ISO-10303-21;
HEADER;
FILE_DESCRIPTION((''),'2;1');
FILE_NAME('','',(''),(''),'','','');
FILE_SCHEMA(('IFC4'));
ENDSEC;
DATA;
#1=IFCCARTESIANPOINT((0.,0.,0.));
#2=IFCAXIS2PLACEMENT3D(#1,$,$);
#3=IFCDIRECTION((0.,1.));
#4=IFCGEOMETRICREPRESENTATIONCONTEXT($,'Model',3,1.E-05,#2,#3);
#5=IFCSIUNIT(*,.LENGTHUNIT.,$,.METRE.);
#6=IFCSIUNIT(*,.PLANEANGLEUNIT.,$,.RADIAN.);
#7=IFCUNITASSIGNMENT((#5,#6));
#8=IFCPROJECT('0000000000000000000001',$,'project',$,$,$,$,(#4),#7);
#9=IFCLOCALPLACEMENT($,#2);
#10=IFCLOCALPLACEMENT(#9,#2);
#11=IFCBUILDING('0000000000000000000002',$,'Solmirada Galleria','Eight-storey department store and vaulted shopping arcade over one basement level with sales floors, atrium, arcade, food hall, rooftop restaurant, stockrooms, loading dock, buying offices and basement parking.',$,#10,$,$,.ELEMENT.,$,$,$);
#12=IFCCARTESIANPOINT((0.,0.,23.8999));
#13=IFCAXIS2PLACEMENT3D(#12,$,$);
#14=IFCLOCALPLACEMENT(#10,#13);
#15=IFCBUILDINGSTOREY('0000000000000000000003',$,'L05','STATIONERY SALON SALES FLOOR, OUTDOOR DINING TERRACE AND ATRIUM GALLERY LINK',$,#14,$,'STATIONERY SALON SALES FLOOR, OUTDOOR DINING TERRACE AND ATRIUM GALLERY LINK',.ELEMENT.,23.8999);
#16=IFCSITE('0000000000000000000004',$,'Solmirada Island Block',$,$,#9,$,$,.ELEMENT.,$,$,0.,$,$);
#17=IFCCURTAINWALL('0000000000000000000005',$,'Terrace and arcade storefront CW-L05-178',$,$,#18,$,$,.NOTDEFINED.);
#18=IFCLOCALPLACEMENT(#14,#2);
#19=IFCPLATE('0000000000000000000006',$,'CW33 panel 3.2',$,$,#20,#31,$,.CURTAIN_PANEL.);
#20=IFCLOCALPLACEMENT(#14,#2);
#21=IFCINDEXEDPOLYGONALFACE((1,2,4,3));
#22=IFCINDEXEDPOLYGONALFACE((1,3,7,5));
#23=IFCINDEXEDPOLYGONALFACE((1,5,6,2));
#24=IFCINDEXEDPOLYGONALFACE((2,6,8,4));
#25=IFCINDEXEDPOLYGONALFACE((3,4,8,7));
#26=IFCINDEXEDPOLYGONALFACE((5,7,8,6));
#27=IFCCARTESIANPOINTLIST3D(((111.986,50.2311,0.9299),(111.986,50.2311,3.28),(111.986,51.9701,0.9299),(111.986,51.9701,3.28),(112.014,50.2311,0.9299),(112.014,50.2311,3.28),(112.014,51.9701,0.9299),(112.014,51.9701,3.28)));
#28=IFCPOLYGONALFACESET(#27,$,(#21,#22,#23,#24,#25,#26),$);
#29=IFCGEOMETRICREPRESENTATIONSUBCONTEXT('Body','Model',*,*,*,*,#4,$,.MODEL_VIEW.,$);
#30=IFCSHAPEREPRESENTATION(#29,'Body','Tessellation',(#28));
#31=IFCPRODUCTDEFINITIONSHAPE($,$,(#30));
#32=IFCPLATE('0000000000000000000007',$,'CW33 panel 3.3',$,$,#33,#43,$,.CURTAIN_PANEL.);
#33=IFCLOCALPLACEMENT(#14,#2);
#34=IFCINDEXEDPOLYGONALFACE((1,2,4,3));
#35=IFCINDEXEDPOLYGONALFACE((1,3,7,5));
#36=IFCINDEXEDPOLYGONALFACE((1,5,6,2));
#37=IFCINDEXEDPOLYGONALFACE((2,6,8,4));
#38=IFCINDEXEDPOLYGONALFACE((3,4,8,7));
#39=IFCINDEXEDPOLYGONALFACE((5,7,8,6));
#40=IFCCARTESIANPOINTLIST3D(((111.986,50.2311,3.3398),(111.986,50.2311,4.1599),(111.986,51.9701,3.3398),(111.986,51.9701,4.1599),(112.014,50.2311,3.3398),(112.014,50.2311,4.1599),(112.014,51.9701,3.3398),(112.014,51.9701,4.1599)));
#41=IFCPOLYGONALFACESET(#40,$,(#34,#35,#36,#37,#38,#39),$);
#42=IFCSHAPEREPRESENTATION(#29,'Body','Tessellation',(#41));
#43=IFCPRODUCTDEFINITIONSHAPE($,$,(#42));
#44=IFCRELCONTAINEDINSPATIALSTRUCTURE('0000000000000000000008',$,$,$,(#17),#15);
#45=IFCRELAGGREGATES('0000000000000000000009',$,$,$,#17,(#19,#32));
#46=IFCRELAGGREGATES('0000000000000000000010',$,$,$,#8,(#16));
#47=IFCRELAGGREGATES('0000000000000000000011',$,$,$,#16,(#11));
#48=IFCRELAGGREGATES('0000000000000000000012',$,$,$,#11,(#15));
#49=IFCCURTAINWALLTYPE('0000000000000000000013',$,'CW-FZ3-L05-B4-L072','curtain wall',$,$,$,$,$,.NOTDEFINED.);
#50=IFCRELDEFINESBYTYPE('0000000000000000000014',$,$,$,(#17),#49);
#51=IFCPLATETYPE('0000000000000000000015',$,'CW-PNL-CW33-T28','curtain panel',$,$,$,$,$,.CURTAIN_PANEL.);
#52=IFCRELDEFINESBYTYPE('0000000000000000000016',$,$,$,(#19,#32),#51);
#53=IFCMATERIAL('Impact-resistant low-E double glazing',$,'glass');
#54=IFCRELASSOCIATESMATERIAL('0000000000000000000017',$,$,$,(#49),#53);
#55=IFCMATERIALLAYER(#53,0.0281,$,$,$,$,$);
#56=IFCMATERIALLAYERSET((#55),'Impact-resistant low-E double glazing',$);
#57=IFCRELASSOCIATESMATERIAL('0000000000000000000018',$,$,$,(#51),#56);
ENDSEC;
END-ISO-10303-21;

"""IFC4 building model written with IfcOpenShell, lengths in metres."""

from ifc_helpers import new_model, si_unit, direction, frame, origin, origin_2d, place, context, subcontext, project, spatial, rectangle, extrude, material, layer, layer_set, type_object, element, aggregate, save


model = new_model("IFC4")

# Units and contexts
model_context = context("Model", 3, precision=1e-05, world=origin(), true_north=direction((0.0, 1.0)))
body_context = subcontext(model_context, "Body", "Model", "MODEL_VIEW")
ifc_project = project(units=[si_unit("LENGTHUNIT", "METRE"), si_unit("PLANEANGLEUNIT", "RADIAN")], contexts=[model_context])

# Site, building, storey
site_placement = place(None, origin())
site = spatial("IfcSite", under=ifc_project, at=site_placement, Name="Solmirada Island Block", CompositionType="ELEMENT", RefElevation=0.0)
building_placement = place(site_placement, origin())
building = spatial("IfcBuilding", under=site, at=building_placement, Name="Solmirada Galleria", Description="Eight-storey department store and vaulted shopping arcade over one basement level with sales floors, atrium, arcade, food hall, rooftop restaurant, stockrooms, loading dock, buying offices and basement parking.", CompositionType="ELEMENT")
storey_placement = place(building_placement, frame((0.0, 0.0, 23.8999)))
storey = spatial("IfcBuildingStorey", under=building, at=storey_placement, Name="L05", Description="STATIONERY SALON SALES FLOOR, OUTDOOR DINING TERRACE AND ATRIUM GALLERY LINK", LongName="STATIONERY SALON SALES FLOOR, OUTDOOR DINING TERRACE AND ATRIUM GALLERY LINK", CompositionType="ELEMENT", Elevation=23.8999)

# Curtain wall, plates
ifc_material_1 = material(Name="Impact-resistant low-E double glazing", Category="glass")
curtain_wall_type = type_object("IfcCurtainWallType", Name="CW-FZ3-L05-B4-L072", Description="curtain wall", PredefinedType="NOTDEFINED", material=ifc_material_1)
curtain_wall_placement = place(storey_placement, origin())
curtain_wall = element("IfcCurtainWall", 1, at=curtain_wall_placement, inside=storey, type_object=curtain_wall_type, Name="Terrace and arcade storefront CW-L05-178", PredefinedType="NOTDEFINED")
ifc_layer = layer(ifc_material_1, 0.0281)
ifc_layer_set = layer_set([ifc_layer], Name="Impact-resistant low-E double glazing")
plate_type = type_object("IfcPlateType", Name="CW-PNL-CW33-T28", Description="curtain panel", PredefinedType="CURTAIN_PANEL", material=ifc_layer_set)
plate_1_placement = place(storey_placement, frame((112.0, 51.1006, 0.9299), z_axis=(0.0, 0.0, 1.0), x_axis=(0.0, -1.0, 0.0)))
plate_1 = element("IfcPlate", 2, at=plate_1_placement, type_object=plate_type, Name="CW33 panel 3.2", PredefinedType="CURTAIN_PANEL", context=body_context, shape_type="SweptSolid", body=[
    extrude(rectangle(XDim=1.739, YDim=0.0281, at=origin_2d()), origin(), (0.0, 0.0, 1.0), 2.3501),
])
plate_2_placement = place(storey_placement, frame((112.0, 51.1006, 3.3398), z_axis=(0.0, 0.0, 1.0), x_axis=(0.0, -1.0, 0.0)))
plate_2 = element("IfcPlate", 3, at=plate_2_placement, type_object=plate_type, Name="CW33 panel 3.3", PredefinedType="CURTAIN_PANEL", context=body_context, shape_type="SweptSolid", body=[
    extrude(rectangle(XDim=1.739, YDim=0.0281, at=origin_2d()), origin(), (0.0, 0.0, 1.0), 0.8201),
])
aggregate(curtain_wall, [plate_1, plate_2])

save(model, "model.ifc")
